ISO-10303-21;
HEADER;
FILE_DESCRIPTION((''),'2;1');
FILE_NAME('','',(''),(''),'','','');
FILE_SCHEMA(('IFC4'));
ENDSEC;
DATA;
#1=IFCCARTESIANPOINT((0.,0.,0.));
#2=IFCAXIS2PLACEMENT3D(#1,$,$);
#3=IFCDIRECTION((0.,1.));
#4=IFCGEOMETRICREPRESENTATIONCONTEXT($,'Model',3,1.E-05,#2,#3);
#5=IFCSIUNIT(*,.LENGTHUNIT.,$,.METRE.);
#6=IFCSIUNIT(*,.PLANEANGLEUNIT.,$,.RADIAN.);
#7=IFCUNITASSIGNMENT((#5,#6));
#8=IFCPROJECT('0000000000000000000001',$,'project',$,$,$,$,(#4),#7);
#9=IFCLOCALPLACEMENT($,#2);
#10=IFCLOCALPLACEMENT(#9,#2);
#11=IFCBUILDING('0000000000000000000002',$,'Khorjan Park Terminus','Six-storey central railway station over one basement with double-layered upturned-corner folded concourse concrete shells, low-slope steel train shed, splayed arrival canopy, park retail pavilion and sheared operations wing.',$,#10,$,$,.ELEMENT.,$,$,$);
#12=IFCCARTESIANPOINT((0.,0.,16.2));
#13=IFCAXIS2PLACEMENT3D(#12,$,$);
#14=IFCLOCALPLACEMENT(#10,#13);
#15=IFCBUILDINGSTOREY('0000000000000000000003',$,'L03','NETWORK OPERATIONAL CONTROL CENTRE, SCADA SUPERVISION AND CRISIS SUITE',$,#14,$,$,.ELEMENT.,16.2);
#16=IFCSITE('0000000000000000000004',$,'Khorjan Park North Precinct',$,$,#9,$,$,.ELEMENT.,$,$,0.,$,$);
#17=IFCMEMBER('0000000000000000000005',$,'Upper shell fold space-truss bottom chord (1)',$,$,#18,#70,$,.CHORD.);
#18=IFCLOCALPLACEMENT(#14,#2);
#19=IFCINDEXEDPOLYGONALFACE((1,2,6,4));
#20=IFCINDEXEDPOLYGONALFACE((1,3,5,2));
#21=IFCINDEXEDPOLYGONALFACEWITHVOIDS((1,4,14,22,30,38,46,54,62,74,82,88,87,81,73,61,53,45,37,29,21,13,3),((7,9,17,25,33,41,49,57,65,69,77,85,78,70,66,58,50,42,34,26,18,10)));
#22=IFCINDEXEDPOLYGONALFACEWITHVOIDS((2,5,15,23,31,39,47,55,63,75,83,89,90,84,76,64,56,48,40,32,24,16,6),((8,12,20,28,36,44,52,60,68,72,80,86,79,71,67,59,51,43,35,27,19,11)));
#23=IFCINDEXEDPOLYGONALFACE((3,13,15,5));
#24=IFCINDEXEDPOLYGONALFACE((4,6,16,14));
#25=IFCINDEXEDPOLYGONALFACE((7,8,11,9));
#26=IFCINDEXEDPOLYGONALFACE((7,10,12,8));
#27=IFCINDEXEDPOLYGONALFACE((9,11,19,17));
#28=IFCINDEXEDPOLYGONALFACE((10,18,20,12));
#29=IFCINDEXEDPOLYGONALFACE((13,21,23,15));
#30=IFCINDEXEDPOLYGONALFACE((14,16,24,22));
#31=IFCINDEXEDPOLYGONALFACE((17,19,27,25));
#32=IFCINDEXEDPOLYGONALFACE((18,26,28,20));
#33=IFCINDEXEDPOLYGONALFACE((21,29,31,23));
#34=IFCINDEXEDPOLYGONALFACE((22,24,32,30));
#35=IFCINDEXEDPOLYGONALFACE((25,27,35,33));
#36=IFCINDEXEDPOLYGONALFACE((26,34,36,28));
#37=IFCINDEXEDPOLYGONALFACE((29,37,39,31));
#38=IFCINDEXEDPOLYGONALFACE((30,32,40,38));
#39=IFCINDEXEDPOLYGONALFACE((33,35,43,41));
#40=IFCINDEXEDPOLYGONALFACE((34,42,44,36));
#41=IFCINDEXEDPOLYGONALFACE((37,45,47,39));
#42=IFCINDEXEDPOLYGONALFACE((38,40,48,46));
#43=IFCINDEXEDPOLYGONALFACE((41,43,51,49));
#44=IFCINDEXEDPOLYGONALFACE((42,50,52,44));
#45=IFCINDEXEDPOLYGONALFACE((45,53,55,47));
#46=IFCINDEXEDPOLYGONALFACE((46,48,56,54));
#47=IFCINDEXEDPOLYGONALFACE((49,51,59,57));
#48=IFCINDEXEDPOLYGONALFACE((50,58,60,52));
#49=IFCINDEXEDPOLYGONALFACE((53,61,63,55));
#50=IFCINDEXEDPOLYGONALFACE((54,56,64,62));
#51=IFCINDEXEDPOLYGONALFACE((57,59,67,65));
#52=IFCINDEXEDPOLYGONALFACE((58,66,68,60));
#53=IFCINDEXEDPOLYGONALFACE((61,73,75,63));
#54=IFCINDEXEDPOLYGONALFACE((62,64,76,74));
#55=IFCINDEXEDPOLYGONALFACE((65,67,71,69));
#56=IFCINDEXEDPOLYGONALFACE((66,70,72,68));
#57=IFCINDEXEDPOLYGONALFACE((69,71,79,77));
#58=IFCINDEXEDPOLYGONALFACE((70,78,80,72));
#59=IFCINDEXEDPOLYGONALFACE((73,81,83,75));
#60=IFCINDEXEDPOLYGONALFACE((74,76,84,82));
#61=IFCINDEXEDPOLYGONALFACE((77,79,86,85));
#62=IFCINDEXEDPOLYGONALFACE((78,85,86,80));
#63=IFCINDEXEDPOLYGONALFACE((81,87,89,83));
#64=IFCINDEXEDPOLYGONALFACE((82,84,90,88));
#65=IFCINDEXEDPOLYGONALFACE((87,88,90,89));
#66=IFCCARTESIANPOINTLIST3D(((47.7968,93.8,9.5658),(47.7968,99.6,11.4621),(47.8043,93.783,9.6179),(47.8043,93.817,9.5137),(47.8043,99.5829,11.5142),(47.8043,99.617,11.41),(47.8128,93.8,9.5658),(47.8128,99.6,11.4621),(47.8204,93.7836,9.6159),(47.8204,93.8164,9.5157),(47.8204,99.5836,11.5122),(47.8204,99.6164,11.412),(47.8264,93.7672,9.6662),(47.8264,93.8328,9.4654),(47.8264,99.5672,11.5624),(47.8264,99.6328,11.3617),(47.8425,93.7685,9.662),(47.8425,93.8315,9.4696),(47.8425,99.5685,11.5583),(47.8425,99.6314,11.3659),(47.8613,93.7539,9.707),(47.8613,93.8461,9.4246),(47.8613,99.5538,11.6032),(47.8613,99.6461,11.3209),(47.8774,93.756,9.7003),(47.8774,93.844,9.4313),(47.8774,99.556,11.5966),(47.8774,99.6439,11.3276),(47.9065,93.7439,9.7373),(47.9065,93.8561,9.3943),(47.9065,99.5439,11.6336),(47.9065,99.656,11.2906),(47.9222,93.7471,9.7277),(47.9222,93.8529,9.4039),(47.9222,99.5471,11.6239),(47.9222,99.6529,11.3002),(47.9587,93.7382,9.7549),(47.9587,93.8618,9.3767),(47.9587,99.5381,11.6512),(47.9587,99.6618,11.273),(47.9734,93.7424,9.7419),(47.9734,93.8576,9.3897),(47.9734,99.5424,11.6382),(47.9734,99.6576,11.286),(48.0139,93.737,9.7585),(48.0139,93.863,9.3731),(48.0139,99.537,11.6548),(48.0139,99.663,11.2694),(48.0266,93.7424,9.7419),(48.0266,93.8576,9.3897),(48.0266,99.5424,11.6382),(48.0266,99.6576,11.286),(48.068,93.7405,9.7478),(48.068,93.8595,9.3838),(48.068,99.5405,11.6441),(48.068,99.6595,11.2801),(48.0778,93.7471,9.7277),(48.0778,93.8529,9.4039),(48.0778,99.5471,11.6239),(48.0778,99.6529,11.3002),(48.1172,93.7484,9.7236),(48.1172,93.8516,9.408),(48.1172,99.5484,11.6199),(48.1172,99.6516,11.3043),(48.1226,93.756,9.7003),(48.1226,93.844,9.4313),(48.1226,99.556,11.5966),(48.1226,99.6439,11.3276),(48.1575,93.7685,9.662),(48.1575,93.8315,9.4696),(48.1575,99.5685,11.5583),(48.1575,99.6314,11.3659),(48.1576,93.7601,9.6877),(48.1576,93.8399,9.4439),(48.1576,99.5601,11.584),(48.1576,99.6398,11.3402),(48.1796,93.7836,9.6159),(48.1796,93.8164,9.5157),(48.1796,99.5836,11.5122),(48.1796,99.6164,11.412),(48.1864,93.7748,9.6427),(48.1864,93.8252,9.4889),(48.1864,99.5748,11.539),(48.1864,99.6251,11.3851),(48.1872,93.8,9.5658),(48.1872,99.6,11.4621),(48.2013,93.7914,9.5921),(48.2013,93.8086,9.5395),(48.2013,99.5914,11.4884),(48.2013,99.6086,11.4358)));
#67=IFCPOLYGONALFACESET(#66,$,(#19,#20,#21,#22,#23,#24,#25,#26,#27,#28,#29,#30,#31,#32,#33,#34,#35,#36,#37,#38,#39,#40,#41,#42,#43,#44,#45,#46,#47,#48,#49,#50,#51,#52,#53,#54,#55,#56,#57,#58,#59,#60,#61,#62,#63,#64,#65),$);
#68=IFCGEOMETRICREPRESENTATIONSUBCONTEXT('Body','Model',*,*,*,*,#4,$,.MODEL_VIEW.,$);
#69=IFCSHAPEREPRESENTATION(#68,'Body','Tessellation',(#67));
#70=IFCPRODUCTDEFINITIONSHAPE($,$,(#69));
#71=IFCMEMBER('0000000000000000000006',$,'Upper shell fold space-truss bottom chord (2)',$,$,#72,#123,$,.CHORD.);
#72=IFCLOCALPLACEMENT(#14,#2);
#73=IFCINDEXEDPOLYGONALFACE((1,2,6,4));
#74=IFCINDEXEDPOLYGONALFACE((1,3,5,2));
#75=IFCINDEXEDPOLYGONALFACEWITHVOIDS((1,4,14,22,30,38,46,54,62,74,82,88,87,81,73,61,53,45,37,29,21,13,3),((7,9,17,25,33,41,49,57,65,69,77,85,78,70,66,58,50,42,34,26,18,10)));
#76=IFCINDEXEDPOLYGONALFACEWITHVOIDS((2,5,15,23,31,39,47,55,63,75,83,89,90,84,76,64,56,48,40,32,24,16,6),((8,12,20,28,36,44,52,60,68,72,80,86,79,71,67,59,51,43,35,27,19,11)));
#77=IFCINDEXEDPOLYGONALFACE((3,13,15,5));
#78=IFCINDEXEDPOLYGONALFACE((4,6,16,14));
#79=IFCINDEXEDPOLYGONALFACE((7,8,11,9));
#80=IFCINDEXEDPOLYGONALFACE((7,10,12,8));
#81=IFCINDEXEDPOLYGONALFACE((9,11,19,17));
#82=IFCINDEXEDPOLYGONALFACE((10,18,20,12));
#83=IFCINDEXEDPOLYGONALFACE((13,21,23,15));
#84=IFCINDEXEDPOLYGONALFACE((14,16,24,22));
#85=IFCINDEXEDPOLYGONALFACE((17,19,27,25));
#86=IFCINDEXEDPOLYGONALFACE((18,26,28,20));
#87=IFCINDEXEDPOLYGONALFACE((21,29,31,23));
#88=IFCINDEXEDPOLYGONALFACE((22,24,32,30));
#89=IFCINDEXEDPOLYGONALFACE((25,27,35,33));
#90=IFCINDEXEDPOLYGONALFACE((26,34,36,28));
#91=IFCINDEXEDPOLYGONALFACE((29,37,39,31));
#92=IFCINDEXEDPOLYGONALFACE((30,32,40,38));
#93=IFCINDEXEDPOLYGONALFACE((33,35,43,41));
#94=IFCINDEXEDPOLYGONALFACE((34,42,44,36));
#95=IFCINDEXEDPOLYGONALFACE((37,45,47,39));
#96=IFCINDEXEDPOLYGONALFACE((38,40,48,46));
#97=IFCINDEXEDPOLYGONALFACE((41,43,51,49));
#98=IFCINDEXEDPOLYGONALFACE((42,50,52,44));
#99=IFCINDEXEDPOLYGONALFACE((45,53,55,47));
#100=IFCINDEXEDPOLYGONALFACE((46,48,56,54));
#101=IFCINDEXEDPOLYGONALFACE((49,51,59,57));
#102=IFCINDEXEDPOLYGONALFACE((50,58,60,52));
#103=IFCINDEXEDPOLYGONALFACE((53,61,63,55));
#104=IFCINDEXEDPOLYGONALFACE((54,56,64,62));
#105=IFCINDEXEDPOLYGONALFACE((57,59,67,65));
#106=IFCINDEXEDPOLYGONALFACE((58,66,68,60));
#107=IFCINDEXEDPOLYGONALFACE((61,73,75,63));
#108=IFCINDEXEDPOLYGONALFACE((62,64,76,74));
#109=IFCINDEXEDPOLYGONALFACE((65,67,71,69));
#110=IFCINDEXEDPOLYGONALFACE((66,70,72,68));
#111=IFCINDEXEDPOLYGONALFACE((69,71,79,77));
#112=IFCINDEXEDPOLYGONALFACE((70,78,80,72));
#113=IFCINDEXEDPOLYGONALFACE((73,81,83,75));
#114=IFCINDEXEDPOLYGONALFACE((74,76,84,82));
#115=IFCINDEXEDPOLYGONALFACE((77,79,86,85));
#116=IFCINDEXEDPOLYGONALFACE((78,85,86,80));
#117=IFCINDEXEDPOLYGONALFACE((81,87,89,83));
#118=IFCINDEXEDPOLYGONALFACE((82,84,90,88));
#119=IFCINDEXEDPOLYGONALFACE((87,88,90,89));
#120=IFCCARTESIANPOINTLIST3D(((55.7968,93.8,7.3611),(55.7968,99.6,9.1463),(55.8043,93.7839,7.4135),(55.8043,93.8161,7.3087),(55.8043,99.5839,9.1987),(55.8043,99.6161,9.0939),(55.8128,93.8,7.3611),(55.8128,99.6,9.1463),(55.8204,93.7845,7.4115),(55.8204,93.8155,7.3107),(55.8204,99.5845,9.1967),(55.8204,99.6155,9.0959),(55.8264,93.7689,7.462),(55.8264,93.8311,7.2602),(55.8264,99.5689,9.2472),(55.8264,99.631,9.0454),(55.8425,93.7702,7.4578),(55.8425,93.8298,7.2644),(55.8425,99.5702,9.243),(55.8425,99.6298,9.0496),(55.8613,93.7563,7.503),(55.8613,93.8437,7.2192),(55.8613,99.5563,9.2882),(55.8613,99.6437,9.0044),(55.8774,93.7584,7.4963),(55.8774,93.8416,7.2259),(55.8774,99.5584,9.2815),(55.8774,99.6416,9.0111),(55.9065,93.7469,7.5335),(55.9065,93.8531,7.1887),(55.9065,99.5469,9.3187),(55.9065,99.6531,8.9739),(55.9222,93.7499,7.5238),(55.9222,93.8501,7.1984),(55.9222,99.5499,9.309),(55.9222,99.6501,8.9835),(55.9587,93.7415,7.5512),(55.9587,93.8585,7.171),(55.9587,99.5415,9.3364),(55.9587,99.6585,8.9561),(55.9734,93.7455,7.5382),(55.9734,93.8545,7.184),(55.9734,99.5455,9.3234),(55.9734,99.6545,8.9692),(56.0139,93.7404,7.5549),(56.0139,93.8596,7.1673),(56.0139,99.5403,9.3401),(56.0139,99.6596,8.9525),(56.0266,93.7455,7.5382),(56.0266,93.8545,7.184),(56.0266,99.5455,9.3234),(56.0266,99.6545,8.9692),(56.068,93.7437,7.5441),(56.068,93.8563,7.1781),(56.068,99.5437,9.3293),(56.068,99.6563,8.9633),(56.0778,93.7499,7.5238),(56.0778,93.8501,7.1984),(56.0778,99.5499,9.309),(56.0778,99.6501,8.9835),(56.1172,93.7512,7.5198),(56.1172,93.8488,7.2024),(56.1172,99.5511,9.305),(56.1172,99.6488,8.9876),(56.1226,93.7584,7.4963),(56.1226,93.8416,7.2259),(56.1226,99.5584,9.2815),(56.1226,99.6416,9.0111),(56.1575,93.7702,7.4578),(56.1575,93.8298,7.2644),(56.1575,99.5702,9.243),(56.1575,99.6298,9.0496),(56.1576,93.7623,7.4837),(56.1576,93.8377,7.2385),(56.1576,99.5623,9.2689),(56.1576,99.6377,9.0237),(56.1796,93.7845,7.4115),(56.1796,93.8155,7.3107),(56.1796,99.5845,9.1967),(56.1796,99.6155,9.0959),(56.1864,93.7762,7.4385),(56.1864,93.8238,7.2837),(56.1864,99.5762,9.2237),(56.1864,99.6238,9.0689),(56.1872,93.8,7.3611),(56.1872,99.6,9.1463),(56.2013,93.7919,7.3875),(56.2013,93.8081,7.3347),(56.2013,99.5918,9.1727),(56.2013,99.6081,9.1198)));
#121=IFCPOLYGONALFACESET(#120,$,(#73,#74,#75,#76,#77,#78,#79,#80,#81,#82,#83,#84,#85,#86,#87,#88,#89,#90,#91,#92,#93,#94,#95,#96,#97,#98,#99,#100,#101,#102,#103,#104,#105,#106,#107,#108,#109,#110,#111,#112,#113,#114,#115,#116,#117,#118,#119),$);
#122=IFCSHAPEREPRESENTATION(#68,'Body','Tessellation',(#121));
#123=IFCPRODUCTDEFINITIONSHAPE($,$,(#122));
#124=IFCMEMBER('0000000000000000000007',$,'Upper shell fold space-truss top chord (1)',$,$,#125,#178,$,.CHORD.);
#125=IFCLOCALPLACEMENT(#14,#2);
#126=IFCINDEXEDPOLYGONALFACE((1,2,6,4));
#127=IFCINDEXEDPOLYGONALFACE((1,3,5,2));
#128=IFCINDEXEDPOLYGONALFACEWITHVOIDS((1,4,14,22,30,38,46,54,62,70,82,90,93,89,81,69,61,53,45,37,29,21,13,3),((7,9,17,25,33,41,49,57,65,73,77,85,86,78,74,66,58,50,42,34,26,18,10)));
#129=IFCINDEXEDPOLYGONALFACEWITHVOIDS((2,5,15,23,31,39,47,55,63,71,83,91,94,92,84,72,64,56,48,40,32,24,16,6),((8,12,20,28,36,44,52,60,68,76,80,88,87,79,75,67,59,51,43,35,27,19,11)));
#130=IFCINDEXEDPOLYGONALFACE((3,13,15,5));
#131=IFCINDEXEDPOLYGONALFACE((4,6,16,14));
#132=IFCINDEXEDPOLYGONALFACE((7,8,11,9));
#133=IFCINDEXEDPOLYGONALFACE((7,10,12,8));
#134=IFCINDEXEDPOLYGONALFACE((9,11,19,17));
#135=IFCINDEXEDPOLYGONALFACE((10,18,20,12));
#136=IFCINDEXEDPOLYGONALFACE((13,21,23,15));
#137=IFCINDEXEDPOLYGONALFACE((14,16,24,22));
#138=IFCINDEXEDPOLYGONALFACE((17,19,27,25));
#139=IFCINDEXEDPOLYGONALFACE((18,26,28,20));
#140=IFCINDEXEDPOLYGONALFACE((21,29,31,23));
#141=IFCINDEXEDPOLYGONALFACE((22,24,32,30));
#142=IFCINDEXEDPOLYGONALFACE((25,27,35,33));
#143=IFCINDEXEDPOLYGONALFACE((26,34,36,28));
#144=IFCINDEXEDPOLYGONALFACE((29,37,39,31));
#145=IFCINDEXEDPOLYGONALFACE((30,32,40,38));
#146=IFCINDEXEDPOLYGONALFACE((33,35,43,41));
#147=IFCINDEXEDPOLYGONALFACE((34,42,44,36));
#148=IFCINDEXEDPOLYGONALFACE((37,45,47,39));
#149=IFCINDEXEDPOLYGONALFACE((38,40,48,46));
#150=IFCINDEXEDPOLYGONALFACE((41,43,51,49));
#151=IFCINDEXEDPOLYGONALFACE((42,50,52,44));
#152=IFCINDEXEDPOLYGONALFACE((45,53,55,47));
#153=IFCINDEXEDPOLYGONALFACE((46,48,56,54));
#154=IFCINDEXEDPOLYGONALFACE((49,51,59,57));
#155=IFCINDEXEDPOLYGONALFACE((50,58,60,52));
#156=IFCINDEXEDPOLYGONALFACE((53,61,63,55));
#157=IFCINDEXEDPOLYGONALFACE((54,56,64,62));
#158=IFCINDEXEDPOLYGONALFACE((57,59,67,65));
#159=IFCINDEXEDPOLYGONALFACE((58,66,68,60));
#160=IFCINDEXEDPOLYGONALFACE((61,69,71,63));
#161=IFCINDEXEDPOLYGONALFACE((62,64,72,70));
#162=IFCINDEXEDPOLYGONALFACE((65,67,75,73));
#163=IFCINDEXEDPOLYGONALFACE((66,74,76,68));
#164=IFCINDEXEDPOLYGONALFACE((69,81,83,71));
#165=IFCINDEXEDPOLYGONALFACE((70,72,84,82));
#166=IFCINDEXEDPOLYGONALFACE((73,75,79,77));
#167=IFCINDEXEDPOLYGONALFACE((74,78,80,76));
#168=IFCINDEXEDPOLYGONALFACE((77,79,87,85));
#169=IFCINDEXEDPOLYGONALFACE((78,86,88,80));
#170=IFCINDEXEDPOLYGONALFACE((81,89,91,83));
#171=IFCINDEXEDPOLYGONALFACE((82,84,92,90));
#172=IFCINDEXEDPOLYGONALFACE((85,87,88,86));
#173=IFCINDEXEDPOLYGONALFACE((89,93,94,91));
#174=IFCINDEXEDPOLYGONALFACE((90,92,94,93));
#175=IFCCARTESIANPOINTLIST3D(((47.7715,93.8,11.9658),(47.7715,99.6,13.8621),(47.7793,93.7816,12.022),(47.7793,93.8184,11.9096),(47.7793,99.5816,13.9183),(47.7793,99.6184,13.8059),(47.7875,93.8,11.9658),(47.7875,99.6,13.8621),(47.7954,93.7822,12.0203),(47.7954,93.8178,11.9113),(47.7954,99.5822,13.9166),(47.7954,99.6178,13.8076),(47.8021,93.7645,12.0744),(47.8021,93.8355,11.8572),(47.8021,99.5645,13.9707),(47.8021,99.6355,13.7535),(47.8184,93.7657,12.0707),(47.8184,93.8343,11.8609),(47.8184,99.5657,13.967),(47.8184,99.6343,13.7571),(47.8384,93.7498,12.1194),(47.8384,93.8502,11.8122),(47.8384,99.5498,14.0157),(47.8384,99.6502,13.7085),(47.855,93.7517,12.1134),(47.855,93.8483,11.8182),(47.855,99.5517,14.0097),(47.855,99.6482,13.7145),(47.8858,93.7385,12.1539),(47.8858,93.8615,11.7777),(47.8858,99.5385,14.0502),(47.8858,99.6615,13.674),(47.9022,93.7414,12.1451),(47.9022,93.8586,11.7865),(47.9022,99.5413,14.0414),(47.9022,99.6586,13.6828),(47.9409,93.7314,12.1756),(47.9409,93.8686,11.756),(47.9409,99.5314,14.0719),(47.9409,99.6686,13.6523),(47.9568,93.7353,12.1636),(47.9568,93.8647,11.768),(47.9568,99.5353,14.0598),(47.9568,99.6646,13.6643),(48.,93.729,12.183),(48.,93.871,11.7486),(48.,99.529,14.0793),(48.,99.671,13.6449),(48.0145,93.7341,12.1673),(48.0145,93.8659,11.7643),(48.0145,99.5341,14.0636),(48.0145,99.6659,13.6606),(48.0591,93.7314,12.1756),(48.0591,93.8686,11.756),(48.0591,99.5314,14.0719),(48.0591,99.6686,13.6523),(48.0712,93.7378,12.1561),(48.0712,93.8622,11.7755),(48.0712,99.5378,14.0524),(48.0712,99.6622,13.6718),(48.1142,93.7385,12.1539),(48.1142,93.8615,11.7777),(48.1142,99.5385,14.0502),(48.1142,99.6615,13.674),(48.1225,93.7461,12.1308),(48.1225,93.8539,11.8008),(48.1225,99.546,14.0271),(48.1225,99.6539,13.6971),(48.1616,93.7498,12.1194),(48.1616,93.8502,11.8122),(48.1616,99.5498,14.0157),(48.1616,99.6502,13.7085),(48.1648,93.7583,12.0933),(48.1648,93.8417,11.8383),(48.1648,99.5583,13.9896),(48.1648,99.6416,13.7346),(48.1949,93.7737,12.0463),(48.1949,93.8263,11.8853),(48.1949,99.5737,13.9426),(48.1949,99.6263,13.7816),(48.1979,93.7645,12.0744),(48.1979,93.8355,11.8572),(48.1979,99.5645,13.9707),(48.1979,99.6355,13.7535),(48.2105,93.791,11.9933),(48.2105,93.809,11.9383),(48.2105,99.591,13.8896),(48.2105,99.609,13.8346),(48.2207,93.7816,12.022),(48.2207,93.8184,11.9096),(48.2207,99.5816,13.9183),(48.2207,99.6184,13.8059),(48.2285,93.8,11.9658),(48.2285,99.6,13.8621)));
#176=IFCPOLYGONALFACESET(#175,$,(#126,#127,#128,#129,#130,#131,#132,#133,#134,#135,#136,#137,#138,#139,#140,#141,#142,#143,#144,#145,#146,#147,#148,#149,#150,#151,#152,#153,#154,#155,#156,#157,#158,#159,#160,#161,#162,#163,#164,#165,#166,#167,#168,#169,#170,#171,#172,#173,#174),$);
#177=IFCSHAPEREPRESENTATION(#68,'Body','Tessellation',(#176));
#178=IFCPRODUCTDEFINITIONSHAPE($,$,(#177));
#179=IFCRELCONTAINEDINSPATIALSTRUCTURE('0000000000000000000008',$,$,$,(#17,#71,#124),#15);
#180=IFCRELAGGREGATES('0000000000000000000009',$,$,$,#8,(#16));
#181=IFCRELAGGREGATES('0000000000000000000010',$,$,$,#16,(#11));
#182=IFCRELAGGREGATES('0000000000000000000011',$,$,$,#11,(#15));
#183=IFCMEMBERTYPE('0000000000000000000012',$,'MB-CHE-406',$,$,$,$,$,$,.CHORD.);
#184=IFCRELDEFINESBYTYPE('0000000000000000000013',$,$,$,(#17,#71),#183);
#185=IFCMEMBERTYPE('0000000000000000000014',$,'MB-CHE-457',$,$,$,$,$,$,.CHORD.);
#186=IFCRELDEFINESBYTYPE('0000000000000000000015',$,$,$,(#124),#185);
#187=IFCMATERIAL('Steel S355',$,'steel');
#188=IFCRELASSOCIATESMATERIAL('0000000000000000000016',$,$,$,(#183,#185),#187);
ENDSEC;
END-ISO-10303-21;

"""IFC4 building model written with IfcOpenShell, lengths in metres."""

from ifc_helpers import new_model, si_unit, direction, frame, origin, origin_2d, place, context, subcontext, project, spatial, hollow_circle, extrude, material, material_profile, profile_set, type_object, element, save


model = new_model("IFC4")

# Units and contexts
model_context = context("Model", 3, precision=1e-05, world=origin(), true_north=direction((0.0, 1.0)))
body_context = subcontext(model_context, "Body", "Model", "MODEL_VIEW")
ifc_project = project(units=[si_unit("LENGTHUNIT", "METRE"), si_unit("PLANEANGLEUNIT", "RADIAN")], contexts=[model_context])

# Site, building, storey
site_placement = place(None, origin())
site = spatial("IfcSite", under=ifc_project, at=site_placement, Name="Khorjan Park North Precinct", CompositionType="ELEMENT", RefElevation=0.0)
building_placement = place(site_placement, origin())
building = spatial("IfcBuilding", under=site, at=building_placement, Name="Khorjan Park Terminus", Description="Six-storey central railway station over one basement with double-layered upturned-corner folded concourse concrete shells, low-slope steel train shed, splayed arrival canopy, park retail pavilion and sheared operations wing.", CompositionType="ELEMENT")
storey_placement = place(building_placement, frame((0.0, 0.0, 16.2)))
storey = spatial("IfcBuildingStorey", under=building, at=storey_placement, Name="L03", Description="NETWORK OPERATIONAL CONTROL CENTRE, SCADA SUPERVISION AND CRISIS SUITE", CompositionType="ELEMENT", Elevation=16.2)

# Members
ifc_material_1 = material(Name="Steel S355", Category="steel")
ifc_material_profile_1 = material_profile(ifc_material_1, hollow_circle(Radius=0.2032, WallThickness=0.016, at=origin_2d()), Name="CHS 406.4x16")
ifc_profile_set_1 = profile_set([ifc_material_profile_1], Name="Steel S355")
member_type_1 = type_object("IfcMemberType", Name="MB-CHE-406", PredefinedType="CHORD", material=ifc_profile_set_1)
member_1_placement = place(storey_placement, frame((48.0, 93.8, 9.5658), z_axis=(0.0, 0.950488, 0.31076), x_axis=(-1.0, 0.0, 0.0)))
element("IfcMember", 1, at=member_1_placement, inside=storey, type_object=member_type_1, Name="Upper shell fold space-truss bottom chord (1)", PredefinedType="CHORD", context=body_context, shape_type="SweptSolid", body=[
    extrude(hollow_circle(Radius=0.2032, WallThickness=0.016, at=origin_2d()), origin(), (0.0, 0.0, 1.0), 6.1021),
])
member_2_placement = place(storey_placement, frame((56.0, 93.8, 7.3611), z_axis=(0.0, 0.955752, 0.294174), x_axis=(-1.0, 0.0, 0.0)))
element("IfcMember", 2, at=member_2_placement, inside=storey, type_object=member_type_1, Name="Upper shell fold space-truss bottom chord (2)", PredefinedType="CHORD", context=body_context, shape_type="SweptSolid", body=[
    extrude(hollow_circle(Radius=0.2032, WallThickness=0.016, at=origin_2d()), origin(), (0.0, 0.0, 1.0), 6.0685),
])
ifc_material_profile_2 = material_profile(ifc_material_1, hollow_circle(Radius=0.2285, WallThickness=0.016, at=origin_2d()), Name="CHS 457x16")
ifc_profile_set_2 = profile_set([ifc_material_profile_2], Name="Steel S355")
member_type_2 = type_object("IfcMemberType", Name="MB-CHE-457", PredefinedType="CHORD", material=ifc_profile_set_2)
member_3_placement = place(storey_placement, frame((48.0, 93.8, 11.9658), z_axis=(0.0, 0.950488, 0.31076), x_axis=(-1.0, 0.0, 0.0)))
element("IfcMember", 3, at=member_3_placement, inside=storey, type_object=member_type_2, Name="Upper shell fold space-truss top chord (1)", PredefinedType="CHORD", context=body_context, shape_type="SweptSolid", body=[
    extrude(hollow_circle(Radius=0.2285, WallThickness=0.016, at=origin_2d()), origin(), (0.0, 0.0, 1.0), 6.1021),
])

save(model, "model.ifc")
